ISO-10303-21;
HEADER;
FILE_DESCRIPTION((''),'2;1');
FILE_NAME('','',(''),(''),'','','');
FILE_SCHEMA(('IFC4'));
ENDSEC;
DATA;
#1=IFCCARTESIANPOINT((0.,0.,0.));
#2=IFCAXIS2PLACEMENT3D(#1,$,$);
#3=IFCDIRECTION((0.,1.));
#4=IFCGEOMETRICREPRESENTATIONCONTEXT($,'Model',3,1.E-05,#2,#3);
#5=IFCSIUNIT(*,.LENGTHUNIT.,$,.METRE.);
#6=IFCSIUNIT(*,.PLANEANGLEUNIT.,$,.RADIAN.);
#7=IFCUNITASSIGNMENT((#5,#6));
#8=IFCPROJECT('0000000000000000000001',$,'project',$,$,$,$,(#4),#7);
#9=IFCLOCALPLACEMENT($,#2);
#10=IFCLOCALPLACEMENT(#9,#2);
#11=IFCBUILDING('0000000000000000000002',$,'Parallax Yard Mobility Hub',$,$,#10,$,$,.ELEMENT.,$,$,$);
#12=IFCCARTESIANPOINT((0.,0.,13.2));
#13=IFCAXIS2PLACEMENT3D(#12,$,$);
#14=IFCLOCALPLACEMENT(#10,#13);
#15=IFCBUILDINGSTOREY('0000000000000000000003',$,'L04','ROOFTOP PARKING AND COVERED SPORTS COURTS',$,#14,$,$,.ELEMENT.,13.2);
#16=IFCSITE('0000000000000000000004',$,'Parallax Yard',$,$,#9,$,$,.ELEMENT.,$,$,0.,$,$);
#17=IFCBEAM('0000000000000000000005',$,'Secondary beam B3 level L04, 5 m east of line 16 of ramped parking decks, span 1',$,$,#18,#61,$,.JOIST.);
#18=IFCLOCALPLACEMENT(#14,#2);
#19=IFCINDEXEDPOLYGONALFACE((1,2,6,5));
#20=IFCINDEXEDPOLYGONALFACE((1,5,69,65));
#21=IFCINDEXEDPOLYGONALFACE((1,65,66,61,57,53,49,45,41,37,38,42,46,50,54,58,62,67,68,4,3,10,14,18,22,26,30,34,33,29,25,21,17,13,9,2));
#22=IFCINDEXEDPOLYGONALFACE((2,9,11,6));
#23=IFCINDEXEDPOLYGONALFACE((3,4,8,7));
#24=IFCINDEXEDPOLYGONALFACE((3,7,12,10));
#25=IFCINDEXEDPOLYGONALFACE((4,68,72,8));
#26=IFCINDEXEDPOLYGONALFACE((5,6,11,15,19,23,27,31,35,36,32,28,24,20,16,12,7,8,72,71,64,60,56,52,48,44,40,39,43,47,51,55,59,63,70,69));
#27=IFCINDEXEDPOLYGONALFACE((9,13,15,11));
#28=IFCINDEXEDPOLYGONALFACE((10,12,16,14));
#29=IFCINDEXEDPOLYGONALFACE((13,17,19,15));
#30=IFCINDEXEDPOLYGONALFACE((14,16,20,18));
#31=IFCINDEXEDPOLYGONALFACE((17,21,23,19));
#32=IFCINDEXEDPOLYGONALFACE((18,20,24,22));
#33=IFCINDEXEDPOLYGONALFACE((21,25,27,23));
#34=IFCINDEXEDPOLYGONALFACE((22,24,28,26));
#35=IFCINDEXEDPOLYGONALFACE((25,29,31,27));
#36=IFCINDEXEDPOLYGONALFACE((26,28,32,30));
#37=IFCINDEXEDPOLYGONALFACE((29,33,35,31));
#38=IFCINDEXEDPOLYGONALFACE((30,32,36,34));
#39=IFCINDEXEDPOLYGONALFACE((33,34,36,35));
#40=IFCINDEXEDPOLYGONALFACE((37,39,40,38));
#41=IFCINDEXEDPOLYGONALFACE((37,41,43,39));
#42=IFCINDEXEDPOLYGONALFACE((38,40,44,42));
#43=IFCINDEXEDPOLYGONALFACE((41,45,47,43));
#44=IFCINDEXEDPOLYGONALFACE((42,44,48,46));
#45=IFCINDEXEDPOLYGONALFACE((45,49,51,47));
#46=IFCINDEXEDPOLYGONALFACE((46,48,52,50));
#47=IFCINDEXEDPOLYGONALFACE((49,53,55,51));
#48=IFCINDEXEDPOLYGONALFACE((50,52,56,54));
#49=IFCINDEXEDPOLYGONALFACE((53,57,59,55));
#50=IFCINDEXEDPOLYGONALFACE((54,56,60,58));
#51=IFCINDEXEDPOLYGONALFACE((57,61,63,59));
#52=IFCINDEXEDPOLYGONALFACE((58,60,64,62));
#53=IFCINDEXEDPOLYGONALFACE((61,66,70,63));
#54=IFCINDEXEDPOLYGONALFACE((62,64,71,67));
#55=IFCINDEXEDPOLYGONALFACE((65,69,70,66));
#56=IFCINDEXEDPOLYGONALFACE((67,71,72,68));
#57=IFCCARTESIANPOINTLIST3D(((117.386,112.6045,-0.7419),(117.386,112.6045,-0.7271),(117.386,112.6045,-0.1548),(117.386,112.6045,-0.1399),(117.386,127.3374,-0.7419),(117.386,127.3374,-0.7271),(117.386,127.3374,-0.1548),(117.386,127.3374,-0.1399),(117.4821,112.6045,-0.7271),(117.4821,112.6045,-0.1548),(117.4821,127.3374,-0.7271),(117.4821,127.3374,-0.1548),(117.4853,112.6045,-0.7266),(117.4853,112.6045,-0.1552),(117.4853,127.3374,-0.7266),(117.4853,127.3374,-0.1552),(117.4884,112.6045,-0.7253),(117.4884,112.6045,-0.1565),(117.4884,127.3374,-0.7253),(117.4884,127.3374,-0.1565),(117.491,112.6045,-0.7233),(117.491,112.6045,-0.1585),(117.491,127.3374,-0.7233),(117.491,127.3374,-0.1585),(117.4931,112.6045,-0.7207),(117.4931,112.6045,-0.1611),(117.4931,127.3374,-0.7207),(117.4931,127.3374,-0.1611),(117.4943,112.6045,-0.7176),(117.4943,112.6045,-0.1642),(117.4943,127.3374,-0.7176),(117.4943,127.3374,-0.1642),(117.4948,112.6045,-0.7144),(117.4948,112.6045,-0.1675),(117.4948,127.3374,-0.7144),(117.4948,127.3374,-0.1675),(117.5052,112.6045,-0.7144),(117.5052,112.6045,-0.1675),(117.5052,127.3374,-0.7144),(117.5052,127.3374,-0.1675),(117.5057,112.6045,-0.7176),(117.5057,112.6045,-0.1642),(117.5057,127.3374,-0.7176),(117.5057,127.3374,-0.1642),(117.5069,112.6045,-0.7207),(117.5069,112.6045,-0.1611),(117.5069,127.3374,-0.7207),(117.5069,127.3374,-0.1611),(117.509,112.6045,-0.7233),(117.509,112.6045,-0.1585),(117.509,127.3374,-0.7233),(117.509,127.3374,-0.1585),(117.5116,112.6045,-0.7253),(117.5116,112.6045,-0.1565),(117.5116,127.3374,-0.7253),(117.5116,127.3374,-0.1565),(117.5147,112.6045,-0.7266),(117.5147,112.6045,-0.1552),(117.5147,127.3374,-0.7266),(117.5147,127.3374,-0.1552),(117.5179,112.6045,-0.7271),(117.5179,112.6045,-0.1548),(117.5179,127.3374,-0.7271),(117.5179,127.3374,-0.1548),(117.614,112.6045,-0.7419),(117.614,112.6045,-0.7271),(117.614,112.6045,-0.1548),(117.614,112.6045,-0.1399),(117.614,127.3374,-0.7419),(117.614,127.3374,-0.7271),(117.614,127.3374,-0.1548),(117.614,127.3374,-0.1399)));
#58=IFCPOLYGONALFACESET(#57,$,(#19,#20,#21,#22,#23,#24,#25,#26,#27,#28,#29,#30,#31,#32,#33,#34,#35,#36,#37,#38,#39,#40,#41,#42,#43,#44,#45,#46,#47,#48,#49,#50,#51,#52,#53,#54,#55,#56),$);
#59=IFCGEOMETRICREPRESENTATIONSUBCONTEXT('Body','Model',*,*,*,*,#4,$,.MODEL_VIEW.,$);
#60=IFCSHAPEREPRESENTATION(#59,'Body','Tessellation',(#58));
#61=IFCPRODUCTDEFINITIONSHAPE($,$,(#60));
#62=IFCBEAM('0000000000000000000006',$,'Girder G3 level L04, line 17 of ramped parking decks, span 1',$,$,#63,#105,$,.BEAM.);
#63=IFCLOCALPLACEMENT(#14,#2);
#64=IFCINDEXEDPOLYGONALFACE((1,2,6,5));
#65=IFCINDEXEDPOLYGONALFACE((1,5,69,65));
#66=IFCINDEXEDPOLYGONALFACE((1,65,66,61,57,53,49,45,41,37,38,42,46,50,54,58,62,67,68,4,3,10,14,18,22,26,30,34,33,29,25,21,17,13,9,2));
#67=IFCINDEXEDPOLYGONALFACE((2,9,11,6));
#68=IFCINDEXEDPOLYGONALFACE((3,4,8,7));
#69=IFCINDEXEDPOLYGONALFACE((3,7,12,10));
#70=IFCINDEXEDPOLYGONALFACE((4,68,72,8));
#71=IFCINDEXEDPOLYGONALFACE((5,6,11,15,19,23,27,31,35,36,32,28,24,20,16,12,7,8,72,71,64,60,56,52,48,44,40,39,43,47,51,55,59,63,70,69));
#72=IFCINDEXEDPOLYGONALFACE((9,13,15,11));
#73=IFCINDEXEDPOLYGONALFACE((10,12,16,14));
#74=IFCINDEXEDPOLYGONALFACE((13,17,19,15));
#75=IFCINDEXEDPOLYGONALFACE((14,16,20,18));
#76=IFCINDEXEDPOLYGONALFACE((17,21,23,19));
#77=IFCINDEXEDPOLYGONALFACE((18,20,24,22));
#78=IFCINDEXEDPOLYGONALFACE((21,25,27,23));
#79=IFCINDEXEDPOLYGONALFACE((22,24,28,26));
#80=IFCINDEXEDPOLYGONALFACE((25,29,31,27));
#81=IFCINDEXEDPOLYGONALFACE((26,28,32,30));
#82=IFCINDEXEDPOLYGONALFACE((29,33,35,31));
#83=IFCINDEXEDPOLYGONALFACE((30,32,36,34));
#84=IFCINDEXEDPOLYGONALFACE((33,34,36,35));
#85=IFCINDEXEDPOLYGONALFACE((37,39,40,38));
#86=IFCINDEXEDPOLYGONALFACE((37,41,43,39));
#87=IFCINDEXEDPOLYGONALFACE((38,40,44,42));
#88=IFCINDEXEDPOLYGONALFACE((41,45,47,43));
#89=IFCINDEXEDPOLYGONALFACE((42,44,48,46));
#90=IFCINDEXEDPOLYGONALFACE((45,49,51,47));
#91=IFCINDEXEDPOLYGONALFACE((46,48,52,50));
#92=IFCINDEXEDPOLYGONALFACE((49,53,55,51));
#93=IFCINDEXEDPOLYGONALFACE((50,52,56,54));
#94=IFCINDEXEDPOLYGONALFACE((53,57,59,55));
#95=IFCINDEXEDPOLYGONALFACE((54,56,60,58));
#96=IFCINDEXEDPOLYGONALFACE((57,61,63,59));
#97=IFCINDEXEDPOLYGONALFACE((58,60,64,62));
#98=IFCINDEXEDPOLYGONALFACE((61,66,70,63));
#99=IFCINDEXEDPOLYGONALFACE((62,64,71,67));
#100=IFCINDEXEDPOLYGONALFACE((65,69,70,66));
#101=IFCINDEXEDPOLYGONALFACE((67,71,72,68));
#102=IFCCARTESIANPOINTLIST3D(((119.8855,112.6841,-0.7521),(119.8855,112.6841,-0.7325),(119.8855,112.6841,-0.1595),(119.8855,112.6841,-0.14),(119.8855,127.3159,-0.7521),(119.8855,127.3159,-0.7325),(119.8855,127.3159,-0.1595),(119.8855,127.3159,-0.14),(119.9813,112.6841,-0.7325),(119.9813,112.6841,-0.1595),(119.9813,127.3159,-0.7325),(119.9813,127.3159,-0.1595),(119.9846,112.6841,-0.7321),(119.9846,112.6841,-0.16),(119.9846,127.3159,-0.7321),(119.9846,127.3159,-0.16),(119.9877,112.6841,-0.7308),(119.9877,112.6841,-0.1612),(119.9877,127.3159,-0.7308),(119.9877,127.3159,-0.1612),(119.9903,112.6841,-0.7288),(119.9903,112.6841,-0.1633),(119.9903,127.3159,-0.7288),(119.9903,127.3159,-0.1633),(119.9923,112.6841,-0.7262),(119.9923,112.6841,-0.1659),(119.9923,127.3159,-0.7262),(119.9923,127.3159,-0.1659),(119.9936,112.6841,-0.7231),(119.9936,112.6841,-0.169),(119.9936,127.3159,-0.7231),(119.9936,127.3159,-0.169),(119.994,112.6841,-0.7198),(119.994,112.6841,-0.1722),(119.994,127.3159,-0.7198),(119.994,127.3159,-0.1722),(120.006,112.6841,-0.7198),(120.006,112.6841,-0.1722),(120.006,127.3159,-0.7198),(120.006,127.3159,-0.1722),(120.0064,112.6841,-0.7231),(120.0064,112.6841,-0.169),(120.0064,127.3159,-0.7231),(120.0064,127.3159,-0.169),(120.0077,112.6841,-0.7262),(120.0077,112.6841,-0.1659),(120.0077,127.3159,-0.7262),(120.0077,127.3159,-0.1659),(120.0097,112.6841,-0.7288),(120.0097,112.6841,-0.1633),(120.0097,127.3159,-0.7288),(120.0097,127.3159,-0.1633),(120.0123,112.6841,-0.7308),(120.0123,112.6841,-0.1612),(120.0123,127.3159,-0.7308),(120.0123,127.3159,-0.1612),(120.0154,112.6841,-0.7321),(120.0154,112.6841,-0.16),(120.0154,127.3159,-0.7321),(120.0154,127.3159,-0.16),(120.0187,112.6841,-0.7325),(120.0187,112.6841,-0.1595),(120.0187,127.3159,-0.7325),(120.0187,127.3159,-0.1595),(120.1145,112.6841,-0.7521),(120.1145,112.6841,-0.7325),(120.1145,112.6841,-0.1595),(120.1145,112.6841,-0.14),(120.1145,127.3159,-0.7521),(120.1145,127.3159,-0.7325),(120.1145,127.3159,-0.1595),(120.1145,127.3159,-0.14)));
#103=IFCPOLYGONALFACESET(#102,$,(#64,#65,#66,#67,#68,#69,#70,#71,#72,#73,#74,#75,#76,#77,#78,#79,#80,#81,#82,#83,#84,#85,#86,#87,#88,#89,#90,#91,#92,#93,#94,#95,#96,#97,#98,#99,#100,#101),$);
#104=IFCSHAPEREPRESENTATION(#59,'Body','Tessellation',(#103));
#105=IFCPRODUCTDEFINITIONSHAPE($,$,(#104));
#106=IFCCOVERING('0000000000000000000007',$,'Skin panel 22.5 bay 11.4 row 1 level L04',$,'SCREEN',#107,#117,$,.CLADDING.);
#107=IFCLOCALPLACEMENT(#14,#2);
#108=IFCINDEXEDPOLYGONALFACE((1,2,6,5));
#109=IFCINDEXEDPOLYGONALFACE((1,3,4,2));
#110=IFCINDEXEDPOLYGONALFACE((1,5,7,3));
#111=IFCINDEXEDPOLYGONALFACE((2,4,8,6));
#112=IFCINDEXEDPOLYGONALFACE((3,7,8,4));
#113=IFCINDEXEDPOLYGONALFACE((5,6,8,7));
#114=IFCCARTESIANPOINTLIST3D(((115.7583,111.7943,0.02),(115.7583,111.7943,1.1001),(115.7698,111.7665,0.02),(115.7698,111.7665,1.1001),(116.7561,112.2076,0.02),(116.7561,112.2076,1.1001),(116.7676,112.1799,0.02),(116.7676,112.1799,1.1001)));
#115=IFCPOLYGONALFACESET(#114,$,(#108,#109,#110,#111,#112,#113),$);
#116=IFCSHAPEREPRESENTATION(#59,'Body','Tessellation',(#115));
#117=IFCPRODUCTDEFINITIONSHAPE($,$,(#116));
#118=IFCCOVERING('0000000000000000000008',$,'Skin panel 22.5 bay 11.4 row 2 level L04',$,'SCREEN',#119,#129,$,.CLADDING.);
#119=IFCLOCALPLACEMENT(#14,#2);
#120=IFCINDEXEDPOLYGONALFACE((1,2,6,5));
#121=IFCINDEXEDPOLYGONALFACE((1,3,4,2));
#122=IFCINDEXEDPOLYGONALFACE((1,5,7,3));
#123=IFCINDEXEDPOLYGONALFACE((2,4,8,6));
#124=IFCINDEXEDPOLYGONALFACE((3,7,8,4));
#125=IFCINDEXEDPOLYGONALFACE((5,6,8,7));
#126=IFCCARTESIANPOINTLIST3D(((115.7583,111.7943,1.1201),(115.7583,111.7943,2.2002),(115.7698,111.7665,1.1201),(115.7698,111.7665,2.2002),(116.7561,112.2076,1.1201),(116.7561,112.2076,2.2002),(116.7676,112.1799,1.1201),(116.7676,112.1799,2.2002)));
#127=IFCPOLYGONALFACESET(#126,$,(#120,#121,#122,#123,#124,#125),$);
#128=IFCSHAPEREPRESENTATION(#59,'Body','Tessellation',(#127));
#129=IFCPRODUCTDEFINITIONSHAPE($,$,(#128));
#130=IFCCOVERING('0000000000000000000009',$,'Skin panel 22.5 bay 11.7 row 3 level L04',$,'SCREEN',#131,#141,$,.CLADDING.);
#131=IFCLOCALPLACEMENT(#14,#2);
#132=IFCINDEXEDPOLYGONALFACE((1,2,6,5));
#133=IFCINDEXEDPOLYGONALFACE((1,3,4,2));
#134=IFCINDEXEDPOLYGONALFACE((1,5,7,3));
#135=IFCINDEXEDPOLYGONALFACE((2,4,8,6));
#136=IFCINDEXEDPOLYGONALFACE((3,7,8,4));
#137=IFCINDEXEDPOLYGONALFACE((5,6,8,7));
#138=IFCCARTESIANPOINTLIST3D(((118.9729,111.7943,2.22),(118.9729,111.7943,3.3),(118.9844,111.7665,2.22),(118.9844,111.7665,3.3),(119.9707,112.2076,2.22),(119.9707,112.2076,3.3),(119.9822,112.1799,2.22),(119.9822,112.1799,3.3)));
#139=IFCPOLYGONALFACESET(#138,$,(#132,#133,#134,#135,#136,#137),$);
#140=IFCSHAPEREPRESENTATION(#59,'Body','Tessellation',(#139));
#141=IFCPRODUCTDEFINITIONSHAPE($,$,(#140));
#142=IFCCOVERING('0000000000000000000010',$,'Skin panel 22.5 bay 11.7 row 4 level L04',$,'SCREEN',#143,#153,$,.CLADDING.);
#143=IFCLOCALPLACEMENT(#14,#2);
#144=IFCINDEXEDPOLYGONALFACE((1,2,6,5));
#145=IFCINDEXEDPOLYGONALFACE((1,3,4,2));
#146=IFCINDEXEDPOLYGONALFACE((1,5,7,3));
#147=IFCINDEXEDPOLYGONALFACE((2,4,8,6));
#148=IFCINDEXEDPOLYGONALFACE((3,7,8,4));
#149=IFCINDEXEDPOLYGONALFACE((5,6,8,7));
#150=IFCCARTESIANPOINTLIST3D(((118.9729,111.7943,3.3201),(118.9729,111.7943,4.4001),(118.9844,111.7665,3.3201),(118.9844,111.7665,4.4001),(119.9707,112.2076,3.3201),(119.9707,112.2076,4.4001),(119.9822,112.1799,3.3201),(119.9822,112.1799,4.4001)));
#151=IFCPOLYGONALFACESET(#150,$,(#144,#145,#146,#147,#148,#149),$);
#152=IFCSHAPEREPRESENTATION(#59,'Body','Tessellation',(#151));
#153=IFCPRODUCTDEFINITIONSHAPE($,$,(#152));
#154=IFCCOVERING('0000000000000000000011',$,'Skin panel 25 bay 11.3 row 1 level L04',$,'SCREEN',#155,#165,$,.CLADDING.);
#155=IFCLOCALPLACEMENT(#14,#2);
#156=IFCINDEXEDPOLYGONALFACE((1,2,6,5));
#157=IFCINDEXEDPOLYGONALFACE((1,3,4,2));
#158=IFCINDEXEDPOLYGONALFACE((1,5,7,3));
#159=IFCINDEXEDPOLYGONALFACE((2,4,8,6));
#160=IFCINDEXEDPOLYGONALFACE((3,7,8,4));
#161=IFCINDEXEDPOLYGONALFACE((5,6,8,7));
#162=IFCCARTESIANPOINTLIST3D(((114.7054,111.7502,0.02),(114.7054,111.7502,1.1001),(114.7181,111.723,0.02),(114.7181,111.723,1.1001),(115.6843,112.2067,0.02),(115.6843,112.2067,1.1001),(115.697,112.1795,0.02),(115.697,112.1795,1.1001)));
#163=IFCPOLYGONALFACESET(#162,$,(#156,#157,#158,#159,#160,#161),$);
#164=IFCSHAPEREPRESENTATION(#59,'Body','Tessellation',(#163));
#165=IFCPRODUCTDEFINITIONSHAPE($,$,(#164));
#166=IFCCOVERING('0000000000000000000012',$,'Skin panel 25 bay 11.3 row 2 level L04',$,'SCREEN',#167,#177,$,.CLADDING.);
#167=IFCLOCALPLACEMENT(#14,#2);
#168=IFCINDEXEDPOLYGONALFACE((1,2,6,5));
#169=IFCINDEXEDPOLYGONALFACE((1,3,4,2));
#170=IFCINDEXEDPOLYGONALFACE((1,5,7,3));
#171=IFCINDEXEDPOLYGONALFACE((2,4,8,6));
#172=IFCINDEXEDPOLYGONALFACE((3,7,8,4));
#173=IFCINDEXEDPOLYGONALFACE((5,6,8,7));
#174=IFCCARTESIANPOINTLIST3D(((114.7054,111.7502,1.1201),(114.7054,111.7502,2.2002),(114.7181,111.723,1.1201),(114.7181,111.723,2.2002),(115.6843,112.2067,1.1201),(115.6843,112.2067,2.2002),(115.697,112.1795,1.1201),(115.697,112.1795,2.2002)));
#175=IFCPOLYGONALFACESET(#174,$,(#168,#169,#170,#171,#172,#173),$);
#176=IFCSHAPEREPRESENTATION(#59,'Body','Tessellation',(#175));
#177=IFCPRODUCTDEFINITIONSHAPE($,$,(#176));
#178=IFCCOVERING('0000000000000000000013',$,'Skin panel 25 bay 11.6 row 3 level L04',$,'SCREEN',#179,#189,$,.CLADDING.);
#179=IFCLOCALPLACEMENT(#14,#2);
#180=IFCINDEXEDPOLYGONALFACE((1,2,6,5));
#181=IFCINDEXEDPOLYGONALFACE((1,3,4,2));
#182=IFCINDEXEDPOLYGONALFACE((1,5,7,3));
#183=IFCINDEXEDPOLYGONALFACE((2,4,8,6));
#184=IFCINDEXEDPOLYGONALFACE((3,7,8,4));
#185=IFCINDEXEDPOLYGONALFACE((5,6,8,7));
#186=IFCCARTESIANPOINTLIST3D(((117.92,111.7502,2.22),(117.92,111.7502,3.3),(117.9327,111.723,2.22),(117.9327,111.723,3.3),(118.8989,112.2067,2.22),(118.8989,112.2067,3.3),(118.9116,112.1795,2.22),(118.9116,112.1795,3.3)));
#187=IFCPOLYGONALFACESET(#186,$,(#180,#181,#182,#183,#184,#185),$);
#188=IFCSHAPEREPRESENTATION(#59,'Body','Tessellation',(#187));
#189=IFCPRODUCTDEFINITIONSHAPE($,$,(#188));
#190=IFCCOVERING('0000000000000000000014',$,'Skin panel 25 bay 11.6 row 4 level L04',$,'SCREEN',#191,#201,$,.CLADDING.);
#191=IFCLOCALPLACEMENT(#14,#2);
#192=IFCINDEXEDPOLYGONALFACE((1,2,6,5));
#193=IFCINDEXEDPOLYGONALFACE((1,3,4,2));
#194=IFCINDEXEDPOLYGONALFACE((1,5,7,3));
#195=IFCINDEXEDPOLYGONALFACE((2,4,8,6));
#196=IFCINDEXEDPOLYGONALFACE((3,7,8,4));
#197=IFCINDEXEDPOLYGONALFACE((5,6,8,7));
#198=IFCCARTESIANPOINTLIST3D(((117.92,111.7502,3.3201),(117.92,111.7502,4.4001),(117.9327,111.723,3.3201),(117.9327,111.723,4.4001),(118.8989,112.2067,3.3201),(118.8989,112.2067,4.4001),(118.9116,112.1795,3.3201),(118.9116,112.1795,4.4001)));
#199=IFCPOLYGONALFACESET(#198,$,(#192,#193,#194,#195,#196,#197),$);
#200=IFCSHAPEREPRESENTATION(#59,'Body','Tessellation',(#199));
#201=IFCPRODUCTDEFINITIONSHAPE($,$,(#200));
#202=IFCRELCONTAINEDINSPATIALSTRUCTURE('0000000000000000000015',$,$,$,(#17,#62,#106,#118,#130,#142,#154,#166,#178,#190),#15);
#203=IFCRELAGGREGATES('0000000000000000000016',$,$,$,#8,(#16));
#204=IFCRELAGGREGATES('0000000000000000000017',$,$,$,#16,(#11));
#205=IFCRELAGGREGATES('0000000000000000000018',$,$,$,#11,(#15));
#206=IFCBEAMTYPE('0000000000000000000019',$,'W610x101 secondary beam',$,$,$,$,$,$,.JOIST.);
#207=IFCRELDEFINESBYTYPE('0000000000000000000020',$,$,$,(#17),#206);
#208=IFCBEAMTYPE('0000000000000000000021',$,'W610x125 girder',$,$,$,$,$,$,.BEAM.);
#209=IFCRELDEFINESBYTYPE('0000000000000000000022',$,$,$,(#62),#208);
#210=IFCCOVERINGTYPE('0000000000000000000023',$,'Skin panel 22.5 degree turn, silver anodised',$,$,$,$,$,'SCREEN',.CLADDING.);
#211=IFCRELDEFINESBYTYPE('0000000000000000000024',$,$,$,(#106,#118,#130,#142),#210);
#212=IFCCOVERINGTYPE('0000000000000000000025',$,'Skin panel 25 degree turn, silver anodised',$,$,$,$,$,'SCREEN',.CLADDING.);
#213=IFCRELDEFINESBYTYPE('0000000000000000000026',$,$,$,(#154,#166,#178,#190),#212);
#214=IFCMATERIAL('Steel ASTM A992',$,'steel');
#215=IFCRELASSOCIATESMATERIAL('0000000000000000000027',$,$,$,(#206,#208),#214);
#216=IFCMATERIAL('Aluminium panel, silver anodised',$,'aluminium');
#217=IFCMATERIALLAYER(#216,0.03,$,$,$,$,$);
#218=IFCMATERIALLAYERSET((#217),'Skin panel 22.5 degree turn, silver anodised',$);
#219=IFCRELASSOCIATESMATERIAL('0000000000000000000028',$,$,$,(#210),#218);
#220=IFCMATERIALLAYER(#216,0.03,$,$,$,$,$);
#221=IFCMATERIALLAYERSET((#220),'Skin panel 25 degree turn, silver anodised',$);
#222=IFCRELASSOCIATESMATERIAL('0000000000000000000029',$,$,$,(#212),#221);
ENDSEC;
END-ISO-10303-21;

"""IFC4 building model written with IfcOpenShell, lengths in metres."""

from ifc_helpers import new_model, si_unit, direction, frame, origin, origin_2d, place, context, subcontext, project, spatial, rectangle, i_section, extrude, material, layer, layer_set, material_profile, profile_set, type_object, element, save


model = new_model("IFC4")

# Units and contexts
model_context = context("Model", 3, precision=1e-05, world=origin(), true_north=direction((0.0, 1.0)))
body_context = subcontext(model_context, "Body", "Model", "MODEL_VIEW")
ifc_project = project(units=[si_unit("LENGTHUNIT", "METRE"), si_unit("PLANEANGLEUNIT", "RADIAN")], contexts=[model_context])

# Site, building, storey
site_placement = place(None, origin())
site = spatial("IfcSite", under=ifc_project, at=site_placement, Name="Parallax Yard", CompositionType="ELEMENT", RefElevation=0.0)
building_placement = place(site_placement, origin())
building = spatial("IfcBuilding", under=site, at=building_placement, Name="Parallax Yard Mobility Hub", CompositionType="ELEMENT")
storey_placement = place(building_placement, frame((0.0, 0.0, 13.2)))
storey = spatial("IfcBuildingStorey", under=building, at=storey_placement, Name="L04", Description="ROOFTOP PARKING AND COVERED SPORTS COURTS", CompositionType="ELEMENT", Elevation=13.2)

# Shared definitions
ifc_material_1 = material(Name="Steel ASTM A992", Category="steel")

# Beams
ifc_material_profile_1 = material_profile(ifc_material_1, i_section(OverallWidth=0.228, OverallDepth=0.6021, WebThickness=0.0105, FlangeThickness=0.0149, FilletRadius=0.0127, at=origin_2d()), Name="W610x101")
ifc_profile_set_1 = profile_set([ifc_material_profile_1], Name="Steel ASTM A992")
beam_type_1 = type_object("IfcBeamType", Name="W610x101 secondary beam", PredefinedType="JOIST", material=ifc_profile_set_1)
beam_1_placement = place(storey_placement, frame((117.5, 112.6045, -0.4409), z_axis=(0.0, 1.0, 0.0), x_axis=(-1.0, 0.0, 0.0)))
element("IfcBeam", 1, at=beam_1_placement, inside=storey, type_object=beam_type_1, Name="Secondary beam B3 level L04, 5 m east of line 16 of ramped parking decks, span 1", PredefinedType="JOIST", context=body_context, shape_type="SweptSolid", body=[
    extrude(i_section(OverallWidth=0.228, OverallDepth=0.6021, WebThickness=0.0105, FlangeThickness=0.0149, FilletRadius=0.0127, at=origin_2d()), origin(), (0.0, 0.0, 1.0), 14.7329),
])
ifc_material_profile_2 = material_profile(ifc_material_1, i_section(OverallWidth=0.229, OverallDepth=0.6121, WebThickness=0.012, FlangeThickness=0.0195, FilletRadius=0.0127, at=origin_2d()), Name="W610x125")
ifc_profile_set_2 = profile_set([ifc_material_profile_2], Name="Steel ASTM A992")
beam_type_2 = type_object("IfcBeamType", Name="W610x125 girder", PredefinedType="BEAM", material=ifc_profile_set_2)
beam_2_placement = place(storey_placement, frame((120.0, 112.6841, -0.446), z_axis=(0.0, 1.0, 0.0), x_axis=(-1.0, 0.0, 0.0)))
element("IfcBeam", 2, at=beam_2_placement, inside=storey, type_object=beam_type_2, Name="Girder G3 level L04, line 17 of ramped parking decks, span 1", PredefinedType="BEAM", context=body_context, shape_type="SweptSolid", body=[
    extrude(i_section(OverallWidth=0.229, OverallDepth=0.6121, WebThickness=0.012, FlangeThickness=0.0195, FilletRadius=0.0127, at=origin_2d()), origin(), (0.0, 0.0, 1.0), 14.6318),
])

# Coverings
ifc_material_2 = material(Name="Aluminium panel, silver anodised", Category="aluminium")
ifc_layer_1 = layer(ifc_material_2, 0.03)
ifc_layer_set_1 = layer_set([ifc_layer_1], Name="Skin panel 22.5 degree turn, silver anodised")
covering_type_1 = type_object("IfcCoveringType", Name="Skin panel 22.5 degree turn, silver anodised", ElementType="SCREEN", PredefinedType="CLADDING", material=ifc_layer_set_1)
for number, where, z_axis, x_axis, name in (
    (3, (116.2629, 111.9871, 0.02), (0.0, 0.0, 1.0), (-0.92388, -0.382683, 0.0), "Skin panel 22.5 bay 11.4 row 1 level L04"),
    (4, (116.2629, 111.9871, 1.1201), (0.0, 0.0, 1.0), (-0.92388, -0.382683, 0.0), "Skin panel 22.5 bay 11.4 row 2 level L04"),
    (5, (119.4775, 111.9871, 2.22), (0.0, 0.0, 1.0), (-0.92388, -0.382683, 0.0), "Skin panel 22.5 bay 11.7 row 3 level L04"),
    (6, (119.4775, 111.9871, 3.3201), (0.0, 0.0, 1.0), (-0.92388, -0.382683, 0.0), "Skin panel 22.5 bay 11.7 row 4 level L04"),
):
    element("IfcCovering", number, at=place(storey_placement, frame(where, z_axis=z_axis, x_axis=x_axis)), inside=storey, type_object=covering_type_1, Name=name, ObjectType="SCREEN", PredefinedType="CLADDING", context=body_context, shape_type="SweptSolid", body=[
        extrude(rectangle(XDim=1.0801, YDim=0.03, at=origin_2d()), origin(), (0.0, 0.0, 1.0), 1.0801),
    ])
ifc_layer_2 = layer(ifc_material_2, 0.03)
ifc_layer_set_2 = layer_set([ifc_layer_2], Name="Skin panel 25 degree turn, silver anodised")
covering_type_2 = type_object("IfcCoveringType", Name="Skin panel 25 degree turn, silver anodised", ElementType="SCREEN", PredefinedType="CLADDING", material=ifc_layer_set_2)
for number, where, z_axis, x_axis, name in (
    (7, (115.2012, 111.9648, 0.02), (0.0, 0.0, 1.0), (-0.906308, -0.422618, 0.0), "Skin panel 25 bay 11.3 row 1 level L04"),
    (8, (115.2012, 111.9648, 1.1201), (0.0, 0.0, 1.0), (-0.906308, -0.422618, 0.0), "Skin panel 25 bay 11.3 row 2 level L04"),
    (9, (118.4158, 111.9648, 2.22), (0.0, 0.0, 1.0), (-0.906308, -0.422618, 0.0), "Skin panel 25 bay 11.6 row 3 level L04"),
    (10, (118.4158, 111.9648, 3.3201), (0.0, 0.0, 1.0), (-0.906308, -0.422618, 0.0), "Skin panel 25 bay 11.6 row 4 level L04"),
):
    element("IfcCovering", number, at=place(storey_placement, frame(where, z_axis=z_axis, x_axis=x_axis)), inside=storey, type_object=covering_type_2, Name=name, ObjectType="SCREEN", PredefinedType="CLADDING", context=body_context, shape_type="SweptSolid", body=[
        extrude(rectangle(XDim=1.0801, YDim=0.03, at=origin_2d()), origin(), (0.0, 0.0, 1.0), 1.0801),
    ])

save(model, "model.ifc")
